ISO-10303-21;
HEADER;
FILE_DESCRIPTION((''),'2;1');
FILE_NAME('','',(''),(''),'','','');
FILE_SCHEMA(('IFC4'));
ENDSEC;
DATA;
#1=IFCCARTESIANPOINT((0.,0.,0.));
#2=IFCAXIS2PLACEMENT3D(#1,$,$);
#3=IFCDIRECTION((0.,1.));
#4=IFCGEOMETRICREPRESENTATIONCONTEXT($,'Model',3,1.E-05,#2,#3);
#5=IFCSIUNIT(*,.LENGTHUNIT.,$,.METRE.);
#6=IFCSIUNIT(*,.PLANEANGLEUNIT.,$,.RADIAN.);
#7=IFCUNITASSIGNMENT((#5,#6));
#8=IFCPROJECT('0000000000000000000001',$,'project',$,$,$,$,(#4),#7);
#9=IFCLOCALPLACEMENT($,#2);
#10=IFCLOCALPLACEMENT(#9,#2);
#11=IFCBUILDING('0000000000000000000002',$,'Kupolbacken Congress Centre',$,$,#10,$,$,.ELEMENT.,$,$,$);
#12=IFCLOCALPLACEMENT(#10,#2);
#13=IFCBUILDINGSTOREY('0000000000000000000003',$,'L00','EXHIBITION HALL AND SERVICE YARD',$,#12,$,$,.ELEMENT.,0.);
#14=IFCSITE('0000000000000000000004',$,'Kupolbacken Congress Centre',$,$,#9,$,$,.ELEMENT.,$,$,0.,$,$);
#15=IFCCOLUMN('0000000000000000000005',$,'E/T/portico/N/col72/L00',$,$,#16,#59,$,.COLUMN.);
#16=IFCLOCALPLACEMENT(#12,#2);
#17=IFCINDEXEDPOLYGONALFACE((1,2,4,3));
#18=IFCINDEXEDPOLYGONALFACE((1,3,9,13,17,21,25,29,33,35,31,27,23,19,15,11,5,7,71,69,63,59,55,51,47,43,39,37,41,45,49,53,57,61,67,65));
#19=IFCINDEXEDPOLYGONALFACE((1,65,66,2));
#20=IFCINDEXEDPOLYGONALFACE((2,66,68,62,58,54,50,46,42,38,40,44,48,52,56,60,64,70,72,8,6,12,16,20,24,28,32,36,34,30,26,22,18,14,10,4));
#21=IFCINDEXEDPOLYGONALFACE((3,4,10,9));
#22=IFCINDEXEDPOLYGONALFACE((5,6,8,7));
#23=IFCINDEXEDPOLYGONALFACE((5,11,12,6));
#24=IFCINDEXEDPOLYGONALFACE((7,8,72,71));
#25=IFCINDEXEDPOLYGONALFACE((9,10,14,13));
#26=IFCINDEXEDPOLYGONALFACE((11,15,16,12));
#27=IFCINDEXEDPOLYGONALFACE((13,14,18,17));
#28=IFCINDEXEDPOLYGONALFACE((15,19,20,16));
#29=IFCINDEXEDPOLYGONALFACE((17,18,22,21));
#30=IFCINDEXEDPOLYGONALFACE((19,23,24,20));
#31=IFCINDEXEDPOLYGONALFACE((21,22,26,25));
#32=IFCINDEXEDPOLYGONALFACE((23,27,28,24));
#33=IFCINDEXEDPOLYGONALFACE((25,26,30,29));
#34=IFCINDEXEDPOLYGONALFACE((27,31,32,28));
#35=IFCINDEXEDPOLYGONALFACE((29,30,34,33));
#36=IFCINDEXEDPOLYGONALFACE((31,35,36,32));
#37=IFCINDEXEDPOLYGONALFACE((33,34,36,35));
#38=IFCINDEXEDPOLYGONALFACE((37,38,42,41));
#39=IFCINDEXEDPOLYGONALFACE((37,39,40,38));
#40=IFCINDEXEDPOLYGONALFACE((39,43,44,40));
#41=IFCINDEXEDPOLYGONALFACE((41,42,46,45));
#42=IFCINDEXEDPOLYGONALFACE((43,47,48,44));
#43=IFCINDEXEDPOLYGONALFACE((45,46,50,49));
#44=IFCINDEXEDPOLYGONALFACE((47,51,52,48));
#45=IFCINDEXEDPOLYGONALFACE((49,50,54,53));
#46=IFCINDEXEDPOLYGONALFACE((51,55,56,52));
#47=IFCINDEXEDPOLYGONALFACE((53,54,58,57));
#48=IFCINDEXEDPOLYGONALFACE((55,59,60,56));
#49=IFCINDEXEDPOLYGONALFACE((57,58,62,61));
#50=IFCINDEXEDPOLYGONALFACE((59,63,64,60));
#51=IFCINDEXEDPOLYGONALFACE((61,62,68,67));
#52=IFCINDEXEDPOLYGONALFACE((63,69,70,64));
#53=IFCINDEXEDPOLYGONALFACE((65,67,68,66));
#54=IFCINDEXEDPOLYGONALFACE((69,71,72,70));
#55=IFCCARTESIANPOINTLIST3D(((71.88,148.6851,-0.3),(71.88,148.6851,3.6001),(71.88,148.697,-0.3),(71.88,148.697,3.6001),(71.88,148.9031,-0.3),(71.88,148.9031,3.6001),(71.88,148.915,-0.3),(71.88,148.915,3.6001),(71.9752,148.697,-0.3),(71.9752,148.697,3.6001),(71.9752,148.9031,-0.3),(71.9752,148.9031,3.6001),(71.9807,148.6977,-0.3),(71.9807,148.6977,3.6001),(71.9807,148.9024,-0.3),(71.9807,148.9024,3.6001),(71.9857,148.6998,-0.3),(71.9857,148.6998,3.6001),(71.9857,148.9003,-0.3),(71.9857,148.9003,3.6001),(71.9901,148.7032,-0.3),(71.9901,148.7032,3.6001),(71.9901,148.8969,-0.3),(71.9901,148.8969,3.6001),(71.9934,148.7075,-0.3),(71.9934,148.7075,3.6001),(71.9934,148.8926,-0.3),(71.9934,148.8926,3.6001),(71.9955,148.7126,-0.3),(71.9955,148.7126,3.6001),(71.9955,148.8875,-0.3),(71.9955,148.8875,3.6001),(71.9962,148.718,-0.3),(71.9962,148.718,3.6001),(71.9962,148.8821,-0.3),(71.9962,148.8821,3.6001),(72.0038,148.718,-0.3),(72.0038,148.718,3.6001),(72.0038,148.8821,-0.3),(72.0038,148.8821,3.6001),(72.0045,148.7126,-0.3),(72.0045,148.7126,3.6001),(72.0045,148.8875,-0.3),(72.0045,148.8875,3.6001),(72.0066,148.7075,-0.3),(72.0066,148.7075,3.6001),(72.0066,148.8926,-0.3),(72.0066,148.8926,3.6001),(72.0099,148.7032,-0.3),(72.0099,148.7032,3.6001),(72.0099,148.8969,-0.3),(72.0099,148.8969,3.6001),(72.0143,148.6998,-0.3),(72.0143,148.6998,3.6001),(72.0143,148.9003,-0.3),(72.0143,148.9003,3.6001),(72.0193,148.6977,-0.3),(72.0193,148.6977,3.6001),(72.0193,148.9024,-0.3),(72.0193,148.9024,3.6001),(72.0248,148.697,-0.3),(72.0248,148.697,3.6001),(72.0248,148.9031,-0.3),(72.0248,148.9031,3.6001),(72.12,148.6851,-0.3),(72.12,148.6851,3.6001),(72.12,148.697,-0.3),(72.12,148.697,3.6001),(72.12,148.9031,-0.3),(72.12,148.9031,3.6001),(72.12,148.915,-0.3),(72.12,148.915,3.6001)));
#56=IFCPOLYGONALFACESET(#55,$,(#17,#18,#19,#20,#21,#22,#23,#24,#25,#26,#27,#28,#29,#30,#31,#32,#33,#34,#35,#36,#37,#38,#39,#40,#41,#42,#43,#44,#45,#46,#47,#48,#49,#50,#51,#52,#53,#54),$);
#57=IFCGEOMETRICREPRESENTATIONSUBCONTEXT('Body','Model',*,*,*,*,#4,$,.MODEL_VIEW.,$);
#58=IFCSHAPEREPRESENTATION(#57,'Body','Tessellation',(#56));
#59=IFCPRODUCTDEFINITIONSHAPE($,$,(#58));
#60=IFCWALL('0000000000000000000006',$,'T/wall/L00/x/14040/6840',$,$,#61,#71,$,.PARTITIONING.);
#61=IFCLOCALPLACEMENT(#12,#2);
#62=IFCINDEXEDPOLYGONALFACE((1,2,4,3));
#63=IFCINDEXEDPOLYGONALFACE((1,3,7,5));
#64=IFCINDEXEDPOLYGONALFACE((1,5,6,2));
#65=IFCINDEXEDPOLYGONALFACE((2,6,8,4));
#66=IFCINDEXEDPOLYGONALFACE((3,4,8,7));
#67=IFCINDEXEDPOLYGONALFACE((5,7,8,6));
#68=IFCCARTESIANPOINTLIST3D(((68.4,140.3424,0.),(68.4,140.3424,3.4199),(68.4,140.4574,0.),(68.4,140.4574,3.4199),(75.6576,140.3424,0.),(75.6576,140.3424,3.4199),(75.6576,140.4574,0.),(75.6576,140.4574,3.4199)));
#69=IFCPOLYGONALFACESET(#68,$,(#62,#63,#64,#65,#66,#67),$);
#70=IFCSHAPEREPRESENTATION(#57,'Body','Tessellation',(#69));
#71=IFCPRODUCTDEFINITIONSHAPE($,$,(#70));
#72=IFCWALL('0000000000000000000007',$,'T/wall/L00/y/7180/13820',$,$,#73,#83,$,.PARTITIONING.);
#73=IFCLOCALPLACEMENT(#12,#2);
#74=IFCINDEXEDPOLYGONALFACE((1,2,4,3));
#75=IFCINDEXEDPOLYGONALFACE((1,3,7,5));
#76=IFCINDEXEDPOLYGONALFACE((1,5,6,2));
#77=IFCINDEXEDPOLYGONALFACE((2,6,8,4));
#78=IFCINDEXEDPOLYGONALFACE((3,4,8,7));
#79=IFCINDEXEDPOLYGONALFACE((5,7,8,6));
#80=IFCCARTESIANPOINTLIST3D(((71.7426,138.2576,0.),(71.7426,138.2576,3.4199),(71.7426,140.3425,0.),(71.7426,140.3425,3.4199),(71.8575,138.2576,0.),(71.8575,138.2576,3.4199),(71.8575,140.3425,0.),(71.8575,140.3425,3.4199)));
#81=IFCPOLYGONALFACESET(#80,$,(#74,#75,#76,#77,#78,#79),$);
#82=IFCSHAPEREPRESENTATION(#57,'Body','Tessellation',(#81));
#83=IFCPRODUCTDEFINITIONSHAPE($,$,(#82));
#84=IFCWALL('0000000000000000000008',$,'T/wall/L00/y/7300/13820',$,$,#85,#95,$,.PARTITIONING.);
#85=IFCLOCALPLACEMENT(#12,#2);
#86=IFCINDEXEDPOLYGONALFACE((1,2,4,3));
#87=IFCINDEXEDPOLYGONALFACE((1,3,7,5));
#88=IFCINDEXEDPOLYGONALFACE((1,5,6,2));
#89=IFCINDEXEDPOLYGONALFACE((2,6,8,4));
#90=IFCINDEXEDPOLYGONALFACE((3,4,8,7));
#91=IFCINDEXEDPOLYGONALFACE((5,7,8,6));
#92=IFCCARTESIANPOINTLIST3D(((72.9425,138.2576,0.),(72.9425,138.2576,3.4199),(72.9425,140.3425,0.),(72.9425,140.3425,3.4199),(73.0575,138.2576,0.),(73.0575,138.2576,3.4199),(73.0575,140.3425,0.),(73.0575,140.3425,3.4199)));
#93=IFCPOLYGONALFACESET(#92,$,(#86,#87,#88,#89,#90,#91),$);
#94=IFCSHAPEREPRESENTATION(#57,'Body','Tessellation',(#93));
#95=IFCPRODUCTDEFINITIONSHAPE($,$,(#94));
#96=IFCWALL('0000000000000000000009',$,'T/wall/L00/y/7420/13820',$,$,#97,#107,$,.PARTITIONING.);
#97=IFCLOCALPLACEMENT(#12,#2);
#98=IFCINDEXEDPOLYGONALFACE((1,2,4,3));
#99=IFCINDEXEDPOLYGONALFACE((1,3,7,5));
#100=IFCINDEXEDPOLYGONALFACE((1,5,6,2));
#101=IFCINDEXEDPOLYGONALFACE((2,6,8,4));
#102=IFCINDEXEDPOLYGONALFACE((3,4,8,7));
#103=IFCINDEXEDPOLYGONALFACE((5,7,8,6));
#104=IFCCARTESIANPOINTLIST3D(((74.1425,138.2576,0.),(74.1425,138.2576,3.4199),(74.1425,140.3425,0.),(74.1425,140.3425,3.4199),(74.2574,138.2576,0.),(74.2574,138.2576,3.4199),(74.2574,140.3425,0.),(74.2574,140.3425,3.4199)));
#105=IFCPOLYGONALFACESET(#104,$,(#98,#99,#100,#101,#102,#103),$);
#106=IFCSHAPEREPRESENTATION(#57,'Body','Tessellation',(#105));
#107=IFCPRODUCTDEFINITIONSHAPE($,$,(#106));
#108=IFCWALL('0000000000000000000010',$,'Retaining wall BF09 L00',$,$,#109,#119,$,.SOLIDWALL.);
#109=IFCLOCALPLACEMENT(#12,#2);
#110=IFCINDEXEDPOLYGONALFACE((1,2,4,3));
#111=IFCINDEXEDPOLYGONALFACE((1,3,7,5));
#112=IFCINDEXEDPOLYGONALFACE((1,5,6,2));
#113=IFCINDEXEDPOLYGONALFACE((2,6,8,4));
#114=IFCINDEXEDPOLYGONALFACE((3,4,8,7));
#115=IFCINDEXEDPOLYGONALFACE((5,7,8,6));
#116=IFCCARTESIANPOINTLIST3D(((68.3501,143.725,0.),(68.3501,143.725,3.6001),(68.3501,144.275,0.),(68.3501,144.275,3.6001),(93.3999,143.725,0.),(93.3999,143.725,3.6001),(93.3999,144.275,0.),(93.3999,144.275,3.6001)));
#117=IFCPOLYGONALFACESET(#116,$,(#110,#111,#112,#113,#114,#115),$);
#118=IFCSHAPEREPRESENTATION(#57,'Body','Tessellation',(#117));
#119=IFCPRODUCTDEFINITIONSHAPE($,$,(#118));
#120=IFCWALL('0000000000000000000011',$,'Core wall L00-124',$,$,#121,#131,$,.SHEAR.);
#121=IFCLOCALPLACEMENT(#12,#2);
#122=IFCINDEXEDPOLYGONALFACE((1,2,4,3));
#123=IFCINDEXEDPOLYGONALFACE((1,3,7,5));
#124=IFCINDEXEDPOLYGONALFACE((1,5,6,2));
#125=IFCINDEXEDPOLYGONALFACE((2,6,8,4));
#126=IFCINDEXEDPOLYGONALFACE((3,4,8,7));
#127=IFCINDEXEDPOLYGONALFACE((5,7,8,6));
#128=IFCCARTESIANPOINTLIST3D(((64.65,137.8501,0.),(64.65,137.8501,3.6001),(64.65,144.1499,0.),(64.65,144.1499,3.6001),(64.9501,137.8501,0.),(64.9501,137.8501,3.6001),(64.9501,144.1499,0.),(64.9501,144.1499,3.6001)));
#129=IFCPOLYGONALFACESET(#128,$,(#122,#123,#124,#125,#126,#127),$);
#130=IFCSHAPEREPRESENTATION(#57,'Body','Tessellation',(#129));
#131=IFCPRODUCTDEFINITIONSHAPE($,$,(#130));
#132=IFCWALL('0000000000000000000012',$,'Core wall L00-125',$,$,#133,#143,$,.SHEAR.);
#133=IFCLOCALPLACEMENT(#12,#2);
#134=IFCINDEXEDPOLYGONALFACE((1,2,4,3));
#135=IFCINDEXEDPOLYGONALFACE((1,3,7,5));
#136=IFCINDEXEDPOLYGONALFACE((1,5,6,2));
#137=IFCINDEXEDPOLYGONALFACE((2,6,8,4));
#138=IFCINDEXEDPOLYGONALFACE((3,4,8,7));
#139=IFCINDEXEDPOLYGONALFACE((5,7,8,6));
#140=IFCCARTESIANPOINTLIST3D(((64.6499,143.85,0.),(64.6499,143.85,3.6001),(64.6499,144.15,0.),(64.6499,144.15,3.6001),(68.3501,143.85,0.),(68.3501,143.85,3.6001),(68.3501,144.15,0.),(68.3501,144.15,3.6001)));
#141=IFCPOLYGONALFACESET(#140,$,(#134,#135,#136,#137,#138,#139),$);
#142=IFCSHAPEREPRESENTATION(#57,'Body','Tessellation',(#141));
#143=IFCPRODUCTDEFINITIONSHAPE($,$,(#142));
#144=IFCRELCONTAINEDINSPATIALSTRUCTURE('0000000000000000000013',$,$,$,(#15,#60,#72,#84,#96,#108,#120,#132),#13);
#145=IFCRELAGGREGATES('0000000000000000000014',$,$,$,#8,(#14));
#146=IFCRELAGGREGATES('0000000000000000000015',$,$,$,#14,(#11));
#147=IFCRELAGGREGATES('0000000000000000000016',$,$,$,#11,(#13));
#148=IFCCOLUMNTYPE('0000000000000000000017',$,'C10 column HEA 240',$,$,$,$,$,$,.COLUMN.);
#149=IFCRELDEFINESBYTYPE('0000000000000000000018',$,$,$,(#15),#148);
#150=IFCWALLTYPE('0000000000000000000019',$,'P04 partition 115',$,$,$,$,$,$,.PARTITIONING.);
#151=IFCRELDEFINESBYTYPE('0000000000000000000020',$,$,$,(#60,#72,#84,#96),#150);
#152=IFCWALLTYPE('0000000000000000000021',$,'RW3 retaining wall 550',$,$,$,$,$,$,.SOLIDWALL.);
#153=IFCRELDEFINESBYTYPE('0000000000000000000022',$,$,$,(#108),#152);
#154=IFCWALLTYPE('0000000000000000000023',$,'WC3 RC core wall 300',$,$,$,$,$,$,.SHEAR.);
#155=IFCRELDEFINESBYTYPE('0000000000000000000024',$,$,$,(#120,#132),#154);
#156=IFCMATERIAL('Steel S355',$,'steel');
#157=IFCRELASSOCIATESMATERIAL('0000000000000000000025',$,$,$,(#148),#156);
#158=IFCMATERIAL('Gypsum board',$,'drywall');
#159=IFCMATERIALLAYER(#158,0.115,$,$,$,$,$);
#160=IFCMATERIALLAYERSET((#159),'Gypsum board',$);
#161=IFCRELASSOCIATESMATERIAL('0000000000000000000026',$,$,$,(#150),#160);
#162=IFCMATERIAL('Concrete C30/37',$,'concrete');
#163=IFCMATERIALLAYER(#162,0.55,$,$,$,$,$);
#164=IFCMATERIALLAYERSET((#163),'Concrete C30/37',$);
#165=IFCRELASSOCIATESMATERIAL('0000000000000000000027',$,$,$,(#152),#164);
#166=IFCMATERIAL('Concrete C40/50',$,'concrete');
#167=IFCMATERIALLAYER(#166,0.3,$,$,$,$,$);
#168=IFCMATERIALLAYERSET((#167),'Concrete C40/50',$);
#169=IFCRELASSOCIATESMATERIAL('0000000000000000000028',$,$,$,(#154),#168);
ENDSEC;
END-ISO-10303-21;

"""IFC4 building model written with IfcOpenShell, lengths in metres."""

from ifc_helpers import new_model, si_unit, direction, frame, frame_2d, origin, origin_2d, place, context, subcontext, project, spatial, rectangle, i_section, extrude, material, layer, layer_set, material_profile, profile_set, type_object, element, save


model = new_model("IFC4")

# Units and contexts
model_context = context("Model", 3, precision=1e-05, world=origin(), true_north=direction((0.0, 1.0)))
body_context = subcontext(model_context, "Body", "Model", "MODEL_VIEW")
ifc_project = project(units=[si_unit("LENGTHUNIT", "METRE"), si_unit("PLANEANGLEUNIT", "RADIAN")], contexts=[model_context])

# Site, building, storey
site_placement = place(None, origin())
site = spatial("IfcSite", under=ifc_project, at=site_placement, Name="Kupolbacken Congress Centre", CompositionType="ELEMENT", RefElevation=0.0)
building_placement = place(site_placement, origin())
building = spatial("IfcBuilding", under=site, at=building_placement, Name="Kupolbacken Congress Centre", CompositionType="ELEMENT")
storey_placement = place(building_placement, origin())
storey = spatial("IfcBuildingStorey", under=building, at=storey_placement, Name="L00", Description="EXHIBITION HALL AND SERVICE YARD", CompositionType="ELEMENT", Elevation=0.0)

# Column
ifc_material_1 = material(Name="Steel S355", Category="steel")
ifc_material_profile_1 = material_profile(ifc_material_1, i_section(OverallWidth=0.24, OverallDepth=0.23, WebThickness=0.0076, FlangeThickness=0.012, FilletRadius=0.021, at=origin_2d()), Name="HEA 240")
ifc_profile_set_1 = profile_set([ifc_material_profile_1], Name="Steel S355")
column_type_1 = type_object("IfcColumnType", Name="C10 column HEA 240", PredefinedType="COLUMN", material=ifc_profile_set_1)
for number, where, z_axis, x_axis, name in (
    (1, (72.0, 148.8, -0.3), (0.0, 0.0, 1.0), (1.0, 0.0, 0.0), "E/T/portico/N/col72/L00"),
):
    element("IfcColumn", number, at=place(storey_placement, frame(where, z_axis=z_axis, x_axis=x_axis)), inside=storey, type_object=column_type_1, Name=name, PredefinedType="COLUMN", context=body_context, shape_type="SweptSolid", body=[
        extrude(i_section(OverallWidth=0.24, OverallDepth=0.23, WebThickness=0.0076, FlangeThickness=0.012, FilletRadius=0.021, at=origin_2d()), origin(), (0.0, 0.0, 1.0), 3.9001),
    ])

# Walls
ifc_material_2 = material(Name="Gypsum board", Category="drywall")
ifc_layer_1 = layer(ifc_material_2, 0.115)
ifc_layer_set_1 = layer_set([ifc_layer_1], Name="Gypsum board")
wall_type_1 = type_object("IfcWallType", Name="P04 partition 115", PredefinedType="PARTITIONING", material=ifc_layer_set_1)
wall_1_placement = place(storey_placement, frame((68.3999, 140.3999, 0.0), z_axis=(0.0, 0.0, 1.0), x_axis=(1.0, 0.0, 0.0)))
element("IfcWall", 2, at=wall_1_placement, inside=storey, type_object=wall_type_1, Name="T/wall/L00/x/14040/6840", PredefinedType="PARTITIONING", context=body_context, shape_type="SweptSolid", body=[
    extrude(rectangle(XDim=7.2576, YDim=0.115, at=frame_2d((3.6289, 0.0))), origin(), (0.0, 0.0, 1.0), 3.4199),
])
for number, where, z_axis, x_axis, name in (
    (3, (71.8, 138.2576, 0.0), (0.0, 0.0, 1.0), (0.0, 1.0, 0.0), "T/wall/L00/y/7180/13820"),
    (4, (73.0, 138.2576, 0.0), (0.0, 0.0, 1.0), (0.0, 1.0, 0.0), "T/wall/L00/y/7300/13820"),
    (5, (74.2, 138.2576, 0.0), (0.0, 0.0, 1.0), (0.0, 1.0, 0.0), "T/wall/L00/y/7420/13820"),
):
    element("IfcWall", number, at=place(storey_placement, frame(where, z_axis=z_axis, x_axis=x_axis)), inside=storey, type_object=wall_type_1, Name=name, PredefinedType="PARTITIONING", context=body_context, shape_type="SweptSolid", body=[
        extrude(rectangle(XDim=2.085, YDim=0.115, at=frame_2d((1.0425, 0.0))), origin(), (0.0, 0.0, 1.0), 3.4199),
    ])
ifc_material_3 = material(Name="Concrete C30/37", Category="concrete")
ifc_layer_2 = layer(ifc_material_3, 0.55)
ifc_layer_set_2 = layer_set([ifc_layer_2], Name="Concrete C30/37")
wall_type_2 = type_object("IfcWallType", Name="RW3 retaining wall 550", PredefinedType="SOLIDWALL", material=ifc_layer_set_2)
wall_2_placement = place(storey_placement, frame((68.3501, 144.0, 0.0), z_axis=(0.0, 0.0, 1.0), x_axis=(1.0, 0.0, 0.0)))
element("IfcWall", 6, at=wall_2_placement, inside=storey, type_object=wall_type_2, Name="Retaining wall BF09 L00", PredefinedType="SOLIDWALL", context=body_context, shape_type="SweptSolid", body=[
    extrude(rectangle(XDim=25.0498, YDim=0.55, at=frame_2d((12.5249, 0.0))), origin(), (0.0, 0.0, 1.0), 3.6001),
])
ifc_material_4 = material(Name="Concrete C40/50", Category="concrete")
ifc_layer_3 = layer(ifc_material_4, 0.3)
ifc_layer_set_3 = layer_set([ifc_layer_3], Name="Concrete C40/50")
wall_type_3 = type_object("IfcWallType", Name="WC3 RC core wall 300", PredefinedType="SHEAR", material=ifc_layer_set_3)
wall_3_placement = place(storey_placement, frame((64.8, 144.1499, 0.0), z_axis=(0.0, 0.0, 1.0), x_axis=(0.0, -1.0, 0.0)))
element("IfcWall", 7, at=wall_3_placement, inside=storey, type_object=wall_type_3, Name="Core wall L00-124", PredefinedType="SHEAR", context=body_context, shape_type="SweptSolid", body=[
    extrude(rectangle(XDim=6.2998, YDim=0.3, at=frame_2d((3.1499, 0.0))), origin(), (0.0, 0.0, 1.0), 3.6001),
])
wall_4_placement = place(storey_placement, frame((68.3501, 144.0, 0.0), z_axis=(0.0, 0.0, 1.0), x_axis=(-1.0, 0.0, 0.0)))
element("IfcWall", 8, at=wall_4_placement, inside=storey, type_object=wall_type_3, Name="Core wall L00-125", PredefinedType="SHEAR", context=body_context, shape_type="SweptSolid", body=[
    extrude(rectangle(XDim=3.7002, YDim=0.3, at=frame_2d((1.8501, 0.0))), origin(), (0.0, 0.0, 1.0), 3.6001),
])

save(model, "model.ifc")
